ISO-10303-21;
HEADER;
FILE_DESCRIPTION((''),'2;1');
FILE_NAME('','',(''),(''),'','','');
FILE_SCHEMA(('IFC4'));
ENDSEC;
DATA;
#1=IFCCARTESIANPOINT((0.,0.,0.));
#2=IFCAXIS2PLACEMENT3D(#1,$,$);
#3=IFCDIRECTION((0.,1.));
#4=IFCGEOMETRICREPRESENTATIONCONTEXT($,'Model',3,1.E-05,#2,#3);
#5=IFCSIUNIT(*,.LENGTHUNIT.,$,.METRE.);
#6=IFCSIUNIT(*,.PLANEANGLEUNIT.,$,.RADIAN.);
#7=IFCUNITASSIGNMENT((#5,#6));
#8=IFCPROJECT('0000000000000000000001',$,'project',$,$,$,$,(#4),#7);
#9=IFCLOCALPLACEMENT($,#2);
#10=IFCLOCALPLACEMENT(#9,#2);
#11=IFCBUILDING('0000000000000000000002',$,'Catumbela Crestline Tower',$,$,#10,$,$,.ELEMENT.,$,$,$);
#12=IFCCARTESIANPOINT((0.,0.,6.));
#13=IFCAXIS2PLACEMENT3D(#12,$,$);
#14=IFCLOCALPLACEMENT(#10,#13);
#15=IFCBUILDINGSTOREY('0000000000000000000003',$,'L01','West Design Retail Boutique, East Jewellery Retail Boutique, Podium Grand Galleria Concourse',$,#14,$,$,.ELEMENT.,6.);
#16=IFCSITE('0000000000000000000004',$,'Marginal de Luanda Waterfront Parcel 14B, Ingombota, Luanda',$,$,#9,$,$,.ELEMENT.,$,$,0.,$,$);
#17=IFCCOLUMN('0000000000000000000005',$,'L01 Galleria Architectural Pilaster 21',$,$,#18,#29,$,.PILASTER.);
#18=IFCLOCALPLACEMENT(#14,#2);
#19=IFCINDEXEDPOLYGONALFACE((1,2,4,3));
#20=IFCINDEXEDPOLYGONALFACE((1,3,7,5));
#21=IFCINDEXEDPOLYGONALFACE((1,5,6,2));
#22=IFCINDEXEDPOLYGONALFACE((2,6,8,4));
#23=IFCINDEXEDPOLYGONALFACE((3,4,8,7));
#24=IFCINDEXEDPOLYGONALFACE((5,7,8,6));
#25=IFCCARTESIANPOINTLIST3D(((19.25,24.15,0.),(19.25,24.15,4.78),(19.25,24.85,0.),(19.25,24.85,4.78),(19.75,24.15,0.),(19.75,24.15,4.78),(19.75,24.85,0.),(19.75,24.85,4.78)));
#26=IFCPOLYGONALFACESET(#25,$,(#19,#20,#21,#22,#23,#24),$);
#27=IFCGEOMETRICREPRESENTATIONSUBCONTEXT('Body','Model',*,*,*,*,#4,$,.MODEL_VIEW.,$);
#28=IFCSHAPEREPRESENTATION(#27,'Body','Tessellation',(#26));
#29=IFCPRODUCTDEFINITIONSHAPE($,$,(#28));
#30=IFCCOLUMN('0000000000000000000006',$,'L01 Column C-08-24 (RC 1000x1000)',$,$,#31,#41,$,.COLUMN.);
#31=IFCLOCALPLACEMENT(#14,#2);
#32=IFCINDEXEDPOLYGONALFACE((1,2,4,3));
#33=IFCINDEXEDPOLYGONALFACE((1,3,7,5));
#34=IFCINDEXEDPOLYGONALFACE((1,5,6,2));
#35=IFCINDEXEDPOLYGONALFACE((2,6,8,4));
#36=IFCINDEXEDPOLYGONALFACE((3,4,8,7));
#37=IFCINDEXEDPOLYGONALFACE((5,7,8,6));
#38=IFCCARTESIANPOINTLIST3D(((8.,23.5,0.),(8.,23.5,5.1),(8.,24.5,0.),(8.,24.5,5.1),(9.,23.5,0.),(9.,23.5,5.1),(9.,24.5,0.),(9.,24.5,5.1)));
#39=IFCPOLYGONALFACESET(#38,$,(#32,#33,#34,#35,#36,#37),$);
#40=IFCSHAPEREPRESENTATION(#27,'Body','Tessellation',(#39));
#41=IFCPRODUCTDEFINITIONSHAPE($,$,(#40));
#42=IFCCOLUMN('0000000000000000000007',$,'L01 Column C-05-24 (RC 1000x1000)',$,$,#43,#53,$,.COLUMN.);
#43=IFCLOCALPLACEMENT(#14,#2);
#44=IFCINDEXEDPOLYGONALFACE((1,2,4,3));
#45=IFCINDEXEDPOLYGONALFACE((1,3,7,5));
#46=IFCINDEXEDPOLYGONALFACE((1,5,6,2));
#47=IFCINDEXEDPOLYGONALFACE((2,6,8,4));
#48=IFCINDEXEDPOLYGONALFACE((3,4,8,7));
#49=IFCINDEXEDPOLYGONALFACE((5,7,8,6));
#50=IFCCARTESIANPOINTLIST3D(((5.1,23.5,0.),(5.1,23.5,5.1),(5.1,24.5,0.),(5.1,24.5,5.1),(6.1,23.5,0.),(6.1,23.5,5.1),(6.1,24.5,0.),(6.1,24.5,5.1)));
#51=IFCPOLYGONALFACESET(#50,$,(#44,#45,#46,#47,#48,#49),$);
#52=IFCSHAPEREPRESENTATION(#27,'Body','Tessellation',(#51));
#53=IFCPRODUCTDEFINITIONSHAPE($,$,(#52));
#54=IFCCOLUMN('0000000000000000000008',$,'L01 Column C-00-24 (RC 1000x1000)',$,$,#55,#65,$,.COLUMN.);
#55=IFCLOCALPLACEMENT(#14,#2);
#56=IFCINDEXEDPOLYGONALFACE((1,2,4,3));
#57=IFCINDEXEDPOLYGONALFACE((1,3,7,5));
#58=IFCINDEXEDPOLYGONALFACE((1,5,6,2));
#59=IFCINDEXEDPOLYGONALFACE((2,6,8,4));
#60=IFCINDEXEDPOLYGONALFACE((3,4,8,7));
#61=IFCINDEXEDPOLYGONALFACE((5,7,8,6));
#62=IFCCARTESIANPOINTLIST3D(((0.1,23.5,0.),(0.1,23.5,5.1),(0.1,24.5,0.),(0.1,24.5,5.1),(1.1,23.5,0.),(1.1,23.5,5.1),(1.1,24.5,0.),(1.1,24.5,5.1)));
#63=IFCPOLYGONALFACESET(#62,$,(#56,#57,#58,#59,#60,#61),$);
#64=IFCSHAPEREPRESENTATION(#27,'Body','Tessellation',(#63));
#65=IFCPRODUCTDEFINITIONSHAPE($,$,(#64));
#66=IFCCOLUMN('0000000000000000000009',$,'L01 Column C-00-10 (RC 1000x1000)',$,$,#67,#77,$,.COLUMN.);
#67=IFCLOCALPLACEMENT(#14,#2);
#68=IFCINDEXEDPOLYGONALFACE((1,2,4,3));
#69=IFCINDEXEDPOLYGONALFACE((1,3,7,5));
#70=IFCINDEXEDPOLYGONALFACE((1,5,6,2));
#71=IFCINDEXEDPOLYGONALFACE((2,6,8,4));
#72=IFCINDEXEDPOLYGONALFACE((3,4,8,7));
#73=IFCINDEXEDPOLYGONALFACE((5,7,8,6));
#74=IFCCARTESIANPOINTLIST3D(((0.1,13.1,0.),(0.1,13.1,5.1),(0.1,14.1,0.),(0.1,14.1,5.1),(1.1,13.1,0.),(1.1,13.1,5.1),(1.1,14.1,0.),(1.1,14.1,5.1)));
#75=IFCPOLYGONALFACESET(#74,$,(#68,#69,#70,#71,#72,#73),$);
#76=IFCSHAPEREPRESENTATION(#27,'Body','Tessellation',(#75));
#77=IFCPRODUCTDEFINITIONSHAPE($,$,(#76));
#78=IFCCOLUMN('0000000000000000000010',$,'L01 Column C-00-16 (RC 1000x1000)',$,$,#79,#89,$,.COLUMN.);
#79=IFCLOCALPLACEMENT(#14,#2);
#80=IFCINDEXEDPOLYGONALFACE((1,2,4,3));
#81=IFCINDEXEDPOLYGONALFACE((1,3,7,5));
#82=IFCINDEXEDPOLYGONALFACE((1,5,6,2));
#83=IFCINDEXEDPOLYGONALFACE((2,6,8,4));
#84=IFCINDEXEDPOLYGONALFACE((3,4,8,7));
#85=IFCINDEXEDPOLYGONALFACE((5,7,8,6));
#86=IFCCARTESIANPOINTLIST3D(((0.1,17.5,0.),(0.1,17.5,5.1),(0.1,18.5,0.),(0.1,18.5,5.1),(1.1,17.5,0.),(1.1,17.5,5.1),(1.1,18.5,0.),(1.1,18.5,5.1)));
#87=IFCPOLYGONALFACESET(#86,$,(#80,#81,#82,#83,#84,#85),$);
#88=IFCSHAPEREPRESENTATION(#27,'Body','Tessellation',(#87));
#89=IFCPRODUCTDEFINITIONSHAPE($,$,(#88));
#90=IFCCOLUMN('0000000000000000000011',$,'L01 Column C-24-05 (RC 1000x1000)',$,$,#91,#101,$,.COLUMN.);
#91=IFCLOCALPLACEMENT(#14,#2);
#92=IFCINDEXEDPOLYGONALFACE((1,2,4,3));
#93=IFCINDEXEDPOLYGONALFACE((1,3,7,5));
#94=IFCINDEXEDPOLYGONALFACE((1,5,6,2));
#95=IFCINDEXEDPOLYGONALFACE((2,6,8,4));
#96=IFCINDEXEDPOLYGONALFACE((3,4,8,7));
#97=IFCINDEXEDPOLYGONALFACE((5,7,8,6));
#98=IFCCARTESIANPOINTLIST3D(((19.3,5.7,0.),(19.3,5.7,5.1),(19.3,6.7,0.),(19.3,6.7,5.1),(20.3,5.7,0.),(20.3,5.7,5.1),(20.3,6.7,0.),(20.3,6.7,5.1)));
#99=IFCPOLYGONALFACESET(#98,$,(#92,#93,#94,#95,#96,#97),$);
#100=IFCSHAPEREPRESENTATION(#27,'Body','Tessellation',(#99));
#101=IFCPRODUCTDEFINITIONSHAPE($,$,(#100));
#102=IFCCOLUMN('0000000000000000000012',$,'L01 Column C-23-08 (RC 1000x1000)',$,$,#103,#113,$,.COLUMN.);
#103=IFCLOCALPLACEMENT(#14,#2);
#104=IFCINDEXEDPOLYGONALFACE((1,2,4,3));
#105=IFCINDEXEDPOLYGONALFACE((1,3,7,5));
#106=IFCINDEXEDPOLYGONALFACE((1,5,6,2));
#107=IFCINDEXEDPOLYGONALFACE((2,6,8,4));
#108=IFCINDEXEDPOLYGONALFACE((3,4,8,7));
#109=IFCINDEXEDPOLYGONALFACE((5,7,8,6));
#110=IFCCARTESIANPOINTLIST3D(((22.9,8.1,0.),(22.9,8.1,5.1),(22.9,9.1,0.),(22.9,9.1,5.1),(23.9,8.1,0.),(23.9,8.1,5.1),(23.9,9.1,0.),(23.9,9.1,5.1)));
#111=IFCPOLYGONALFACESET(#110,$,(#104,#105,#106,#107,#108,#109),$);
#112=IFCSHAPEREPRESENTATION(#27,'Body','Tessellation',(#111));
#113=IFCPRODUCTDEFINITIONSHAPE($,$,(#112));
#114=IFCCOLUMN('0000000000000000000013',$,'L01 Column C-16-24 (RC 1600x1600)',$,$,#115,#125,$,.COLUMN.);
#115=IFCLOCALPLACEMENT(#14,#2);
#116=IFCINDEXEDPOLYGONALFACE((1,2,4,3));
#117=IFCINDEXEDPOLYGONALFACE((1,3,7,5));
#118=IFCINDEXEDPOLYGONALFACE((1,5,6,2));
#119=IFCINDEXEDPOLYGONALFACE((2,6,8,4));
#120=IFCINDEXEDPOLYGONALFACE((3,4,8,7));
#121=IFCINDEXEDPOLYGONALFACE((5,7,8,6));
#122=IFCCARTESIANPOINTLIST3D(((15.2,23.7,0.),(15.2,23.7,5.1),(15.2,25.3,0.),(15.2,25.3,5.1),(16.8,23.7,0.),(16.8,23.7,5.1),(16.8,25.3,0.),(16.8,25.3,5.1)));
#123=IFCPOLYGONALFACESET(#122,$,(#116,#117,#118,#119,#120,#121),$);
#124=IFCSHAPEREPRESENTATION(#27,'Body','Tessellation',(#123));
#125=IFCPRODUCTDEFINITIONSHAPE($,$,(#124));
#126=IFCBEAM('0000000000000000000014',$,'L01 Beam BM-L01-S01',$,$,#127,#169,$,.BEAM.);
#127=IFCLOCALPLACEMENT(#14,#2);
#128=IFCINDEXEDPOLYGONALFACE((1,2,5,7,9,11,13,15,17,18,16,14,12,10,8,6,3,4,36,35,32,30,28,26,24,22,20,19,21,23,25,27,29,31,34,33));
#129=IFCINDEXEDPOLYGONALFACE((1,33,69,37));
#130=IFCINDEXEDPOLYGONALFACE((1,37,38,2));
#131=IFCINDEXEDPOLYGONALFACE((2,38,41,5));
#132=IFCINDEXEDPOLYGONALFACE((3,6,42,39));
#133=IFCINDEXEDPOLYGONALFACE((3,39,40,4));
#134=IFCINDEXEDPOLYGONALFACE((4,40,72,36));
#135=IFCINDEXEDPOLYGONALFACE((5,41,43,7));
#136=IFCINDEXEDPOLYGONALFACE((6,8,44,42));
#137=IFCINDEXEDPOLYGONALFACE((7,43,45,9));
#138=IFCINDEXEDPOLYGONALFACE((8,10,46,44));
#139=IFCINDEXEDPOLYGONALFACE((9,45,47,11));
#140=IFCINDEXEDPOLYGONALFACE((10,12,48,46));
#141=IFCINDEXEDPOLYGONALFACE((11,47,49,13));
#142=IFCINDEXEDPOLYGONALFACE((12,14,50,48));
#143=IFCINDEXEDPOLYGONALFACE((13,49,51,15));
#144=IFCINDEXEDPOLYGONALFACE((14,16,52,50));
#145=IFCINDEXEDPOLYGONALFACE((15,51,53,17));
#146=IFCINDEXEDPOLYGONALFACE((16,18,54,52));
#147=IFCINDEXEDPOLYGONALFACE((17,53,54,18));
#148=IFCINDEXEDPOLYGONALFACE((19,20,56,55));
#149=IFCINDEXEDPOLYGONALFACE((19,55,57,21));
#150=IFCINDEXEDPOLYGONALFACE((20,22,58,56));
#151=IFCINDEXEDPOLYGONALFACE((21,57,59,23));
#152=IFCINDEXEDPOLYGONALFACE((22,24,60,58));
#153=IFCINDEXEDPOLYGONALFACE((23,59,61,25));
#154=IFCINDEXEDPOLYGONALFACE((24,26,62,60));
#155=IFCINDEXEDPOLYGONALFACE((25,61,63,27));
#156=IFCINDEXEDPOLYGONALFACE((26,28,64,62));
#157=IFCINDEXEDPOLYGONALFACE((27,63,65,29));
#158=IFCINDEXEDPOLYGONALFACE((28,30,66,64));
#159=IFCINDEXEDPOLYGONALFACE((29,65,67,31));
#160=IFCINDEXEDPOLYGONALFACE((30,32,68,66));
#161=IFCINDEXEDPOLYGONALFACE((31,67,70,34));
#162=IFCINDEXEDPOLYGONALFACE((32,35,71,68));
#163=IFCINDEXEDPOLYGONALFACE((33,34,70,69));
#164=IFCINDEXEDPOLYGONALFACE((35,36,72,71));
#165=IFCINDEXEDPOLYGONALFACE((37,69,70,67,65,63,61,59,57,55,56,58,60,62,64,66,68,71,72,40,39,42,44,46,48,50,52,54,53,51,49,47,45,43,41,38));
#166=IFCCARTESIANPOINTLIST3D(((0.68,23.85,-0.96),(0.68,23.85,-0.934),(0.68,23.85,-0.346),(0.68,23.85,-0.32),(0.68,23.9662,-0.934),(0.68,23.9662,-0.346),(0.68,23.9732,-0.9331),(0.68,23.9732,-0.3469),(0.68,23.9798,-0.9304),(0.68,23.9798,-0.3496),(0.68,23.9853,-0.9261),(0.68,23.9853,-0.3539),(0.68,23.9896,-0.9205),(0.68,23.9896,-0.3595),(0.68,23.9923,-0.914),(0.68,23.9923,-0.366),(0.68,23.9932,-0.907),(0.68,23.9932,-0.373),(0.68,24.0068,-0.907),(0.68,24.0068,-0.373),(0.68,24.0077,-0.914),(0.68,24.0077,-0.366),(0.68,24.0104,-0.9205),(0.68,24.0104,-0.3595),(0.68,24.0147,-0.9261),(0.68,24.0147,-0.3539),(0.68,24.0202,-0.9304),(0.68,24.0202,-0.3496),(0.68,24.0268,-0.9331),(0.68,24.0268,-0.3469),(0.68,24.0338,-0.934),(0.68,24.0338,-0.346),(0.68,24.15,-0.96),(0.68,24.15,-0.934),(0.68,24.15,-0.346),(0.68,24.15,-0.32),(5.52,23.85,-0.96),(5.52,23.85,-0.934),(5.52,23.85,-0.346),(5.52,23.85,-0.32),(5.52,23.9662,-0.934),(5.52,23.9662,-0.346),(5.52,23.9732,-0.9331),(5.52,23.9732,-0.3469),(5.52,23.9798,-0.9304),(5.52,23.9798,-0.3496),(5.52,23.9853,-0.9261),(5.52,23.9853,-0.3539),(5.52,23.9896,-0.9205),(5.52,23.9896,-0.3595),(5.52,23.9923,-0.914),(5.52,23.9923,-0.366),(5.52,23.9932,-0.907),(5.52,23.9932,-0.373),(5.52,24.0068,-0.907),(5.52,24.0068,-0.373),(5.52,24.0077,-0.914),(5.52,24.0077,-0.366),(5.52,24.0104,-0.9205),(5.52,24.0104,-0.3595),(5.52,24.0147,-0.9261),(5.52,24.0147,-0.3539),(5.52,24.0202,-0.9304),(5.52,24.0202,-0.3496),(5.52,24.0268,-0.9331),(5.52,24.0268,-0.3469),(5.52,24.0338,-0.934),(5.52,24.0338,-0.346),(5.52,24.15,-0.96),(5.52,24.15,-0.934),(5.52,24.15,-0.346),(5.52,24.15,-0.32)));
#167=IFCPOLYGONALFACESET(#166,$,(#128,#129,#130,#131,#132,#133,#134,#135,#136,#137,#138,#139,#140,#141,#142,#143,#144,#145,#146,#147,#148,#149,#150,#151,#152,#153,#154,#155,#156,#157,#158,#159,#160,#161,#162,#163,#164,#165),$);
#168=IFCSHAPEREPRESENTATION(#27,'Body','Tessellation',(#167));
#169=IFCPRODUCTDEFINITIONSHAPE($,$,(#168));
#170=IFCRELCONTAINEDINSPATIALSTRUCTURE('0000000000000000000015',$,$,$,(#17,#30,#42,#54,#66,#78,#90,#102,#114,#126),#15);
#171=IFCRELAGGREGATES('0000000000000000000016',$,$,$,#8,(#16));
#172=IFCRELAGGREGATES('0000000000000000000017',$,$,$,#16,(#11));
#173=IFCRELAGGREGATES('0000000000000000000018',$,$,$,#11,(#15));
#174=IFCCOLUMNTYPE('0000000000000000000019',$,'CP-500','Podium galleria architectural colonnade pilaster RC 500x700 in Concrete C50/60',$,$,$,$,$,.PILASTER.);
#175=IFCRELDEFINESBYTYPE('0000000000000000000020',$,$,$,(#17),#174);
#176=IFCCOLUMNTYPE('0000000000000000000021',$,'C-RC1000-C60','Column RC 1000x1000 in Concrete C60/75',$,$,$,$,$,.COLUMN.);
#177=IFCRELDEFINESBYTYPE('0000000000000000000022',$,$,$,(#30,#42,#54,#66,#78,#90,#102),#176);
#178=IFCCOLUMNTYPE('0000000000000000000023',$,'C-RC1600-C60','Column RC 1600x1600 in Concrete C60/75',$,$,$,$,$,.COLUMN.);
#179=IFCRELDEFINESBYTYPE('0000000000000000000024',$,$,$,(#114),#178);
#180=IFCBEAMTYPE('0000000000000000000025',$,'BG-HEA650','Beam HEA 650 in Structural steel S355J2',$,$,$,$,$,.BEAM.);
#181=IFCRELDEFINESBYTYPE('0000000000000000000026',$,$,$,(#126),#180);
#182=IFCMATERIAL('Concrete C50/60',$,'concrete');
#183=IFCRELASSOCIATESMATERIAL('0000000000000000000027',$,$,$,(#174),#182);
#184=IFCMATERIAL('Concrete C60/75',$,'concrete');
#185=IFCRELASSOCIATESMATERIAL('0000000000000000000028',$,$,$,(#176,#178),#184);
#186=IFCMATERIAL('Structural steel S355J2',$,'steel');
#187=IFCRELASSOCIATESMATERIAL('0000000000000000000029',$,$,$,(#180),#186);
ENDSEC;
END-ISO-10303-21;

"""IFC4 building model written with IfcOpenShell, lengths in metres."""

from ifc_helpers import new_model, si_unit, direction, frame, origin, origin_2d, place, context, subcontext, project, spatial, rectangle, i_section, extrude, material, material_profile, profile_set, type_object, element, save


model = new_model("IFC4")

# Units and contexts
model_context = context("Model", 3, precision=1e-05, world=origin(), true_north=direction((0.0, 1.0)))
body_context = subcontext(model_context, "Body", "Model", "MODEL_VIEW")
ifc_project = project(units=[si_unit("LENGTHUNIT", "METRE"), si_unit("PLANEANGLEUNIT", "RADIAN")], contexts=[model_context])

# Site, building, storey
site_placement = place(None, origin())
site = spatial("IfcSite", under=ifc_project, at=site_placement, Name="Marginal de Luanda Waterfront Parcel 14B, Ingombota, Luanda", CompositionType="ELEMENT", RefElevation=0.0)
building_placement = place(site_placement, origin())
building = spatial("IfcBuilding", under=site, at=building_placement, Name="Catumbela Crestline Tower", CompositionType="ELEMENT")
storey_placement = place(building_placement, frame((0.0, 0.0, 6.0)))
storey = spatial("IfcBuildingStorey", under=building, at=storey_placement, Name="L01", Description="West Design Retail Boutique, East Jewellery Retail Boutique, Podium Grand Galleria Concourse", CompositionType="ELEMENT", Elevation=6.0)

# Columns
ifc_material_1 = material(Name="Concrete C50/60", Category="concrete")
ifc_material_profile_1 = material_profile(ifc_material_1, rectangle(XDim=0.5, YDim=0.7, at=origin_2d()), Name="RC 500x700")
ifc_profile_set_1 = profile_set([ifc_material_profile_1], Name="Concrete C50/60")
column_type_1 = type_object("IfcColumnType", Name="CP-500", Description="Podium galleria architectural colonnade pilaster RC 500x700 in Concrete C50/60", PredefinedType="PILASTER", material=ifc_profile_set_1)
column_1_placement = place(storey_placement, frame((19.5, 24.5, 0.0), z_axis=(0.0, 0.0, 1.0), x_axis=(1.0, 0.0, 0.0)))
element("IfcColumn", 1, at=column_1_placement, inside=storey, type_object=column_type_1, Name="L01 Galleria Architectural Pilaster 21", PredefinedType="PILASTER", context=body_context, shape_type="SweptSolid", body=[
    extrude(rectangle(XDim=0.5, YDim=0.7, at=origin_2d()), origin(), (0.0, 0.0, 1.0), 4.78),
])
ifc_material_2 = material(Name="Concrete C60/75", Category="concrete")
ifc_material_profile_2 = material_profile(ifc_material_2, rectangle(XDim=1.0, YDim=1.0, at=origin_2d()), Name="RC 1000x1000")
ifc_profile_set_2 = profile_set([ifc_material_profile_2], Name="Concrete C60/75")
column_type_2 = type_object("IfcColumnType", Name="C-RC1000-C60", Description="Column RC 1000x1000 in Concrete C60/75", PredefinedType="COLUMN", material=ifc_profile_set_2)
for number, where, z_axis, x_axis, name in (
    (2, (8.5, 24.0, 0.0), (0.0, 0.0, 1.0), (1.0, 0.0, 0.0), "L01 Column C-08-24 (RC 1000x1000)"),
    (3, (5.6, 24.0, 0.0), (0.0, 0.0, 1.0), (1.0, 0.0, 0.0), "L01 Column C-05-24 (RC 1000x1000)"),
    (4, (0.6, 24.0, 0.0), (0.0, 0.0, 1.0), (1.0, 0.0, 0.0), "L01 Column C-00-24 (RC 1000x1000)"),
    (5, (0.6, 13.6, 0.0), (0.0, 0.0, 1.0), (1.0, 0.0, 0.0), "L01 Column C-00-10 (RC 1000x1000)"),
    (6, (0.6, 18.0, 0.0), (0.0, 0.0, 1.0), (1.0, 0.0, 0.0), "L01 Column C-00-16 (RC 1000x1000)"),
    (7, (19.8, 6.2, 0.0), (0.0, 0.0, 1.0), (1.0, 0.0, 0.0), "L01 Column C-24-05 (RC 1000x1000)"),
    (8, (23.4, 8.6, 0.0), (0.0, 0.0, 1.0), (1.0, 0.0, 0.0), "L01 Column C-23-08 (RC 1000x1000)"),
):
    element("IfcColumn", number, at=place(storey_placement, frame(where, z_axis=z_axis, x_axis=x_axis)), inside=storey, type_object=column_type_2, Name=name, PredefinedType="COLUMN", context=body_context, shape_type="SweptSolid", body=[
        extrude(rectangle(XDim=1.0, YDim=1.0, at=origin_2d()), origin(), (0.0, 0.0, 1.0), 5.1),
    ])
ifc_material_profile_3 = material_profile(ifc_material_2, rectangle(XDim=1.6, YDim=1.6, at=origin_2d()), Name="RC 1600x1600")
ifc_profile_set_3 = profile_set([ifc_material_profile_3], Name="Concrete C60/75")
column_type_3 = type_object("IfcColumnType", Name="C-RC1600-C60", Description="Column RC 1600x1600 in Concrete C60/75", PredefinedType="COLUMN", material=ifc_profile_set_3)
column_2_placement = place(storey_placement, frame((16.0, 24.5, 0.0), z_axis=(0.0, 0.0, 1.0), x_axis=(1.0, 0.0, 0.0)))
element("IfcColumn", 9, at=column_2_placement, inside=storey, type_object=column_type_3, Name="L01 Column C-16-24 (RC 1600x1600)", PredefinedType="COLUMN", context=body_context, shape_type="SweptSolid", body=[
    extrude(rectangle(XDim=1.6, YDim=1.6, at=origin_2d()), origin(), (0.0, 0.0, 1.0), 5.1),
])

# Beam
ifc_material_3 = material(Name="Structural steel S355J2", Category="steel")
ifc_material_profile_4 = material_profile(ifc_material_3, i_section(OverallWidth=0.3, OverallDepth=0.64, WebThickness=0.0135, FlangeThickness=0.026, FilletRadius=0.027, at=origin_2d()), Name="HEA 650")
ifc_profile_set_4 = profile_set([ifc_material_profile_4], Name="Structural steel S355J2")
beam_type_1 = type_object("IfcBeamType", Name="BG-HEA650", Description="Beam HEA 650 in Structural steel S355J2", PredefinedType="BEAM", material=ifc_profile_set_4)
beam_1_placement = place(storey_placement, frame((0.68, 24.0, -0.64), z_axis=(1.0, 0.0, 0.0), x_axis=(0.0, 1.0, 0.0)))
element("IfcBeam", 10, at=beam_1_placement, inside=storey, type_object=beam_type_1, Name="L01 Beam BM-L01-S01", PredefinedType="BEAM", context=body_context, shape_type="SweptSolid", body=[
    extrude(i_section(OverallWidth=0.3, OverallDepth=0.64, WebThickness=0.0135, FlangeThickness=0.026, FilletRadius=0.027, at=origin_2d()), origin(), (0.0, 0.0, 1.0), 4.84),
])

save(model, "model.ifc")
